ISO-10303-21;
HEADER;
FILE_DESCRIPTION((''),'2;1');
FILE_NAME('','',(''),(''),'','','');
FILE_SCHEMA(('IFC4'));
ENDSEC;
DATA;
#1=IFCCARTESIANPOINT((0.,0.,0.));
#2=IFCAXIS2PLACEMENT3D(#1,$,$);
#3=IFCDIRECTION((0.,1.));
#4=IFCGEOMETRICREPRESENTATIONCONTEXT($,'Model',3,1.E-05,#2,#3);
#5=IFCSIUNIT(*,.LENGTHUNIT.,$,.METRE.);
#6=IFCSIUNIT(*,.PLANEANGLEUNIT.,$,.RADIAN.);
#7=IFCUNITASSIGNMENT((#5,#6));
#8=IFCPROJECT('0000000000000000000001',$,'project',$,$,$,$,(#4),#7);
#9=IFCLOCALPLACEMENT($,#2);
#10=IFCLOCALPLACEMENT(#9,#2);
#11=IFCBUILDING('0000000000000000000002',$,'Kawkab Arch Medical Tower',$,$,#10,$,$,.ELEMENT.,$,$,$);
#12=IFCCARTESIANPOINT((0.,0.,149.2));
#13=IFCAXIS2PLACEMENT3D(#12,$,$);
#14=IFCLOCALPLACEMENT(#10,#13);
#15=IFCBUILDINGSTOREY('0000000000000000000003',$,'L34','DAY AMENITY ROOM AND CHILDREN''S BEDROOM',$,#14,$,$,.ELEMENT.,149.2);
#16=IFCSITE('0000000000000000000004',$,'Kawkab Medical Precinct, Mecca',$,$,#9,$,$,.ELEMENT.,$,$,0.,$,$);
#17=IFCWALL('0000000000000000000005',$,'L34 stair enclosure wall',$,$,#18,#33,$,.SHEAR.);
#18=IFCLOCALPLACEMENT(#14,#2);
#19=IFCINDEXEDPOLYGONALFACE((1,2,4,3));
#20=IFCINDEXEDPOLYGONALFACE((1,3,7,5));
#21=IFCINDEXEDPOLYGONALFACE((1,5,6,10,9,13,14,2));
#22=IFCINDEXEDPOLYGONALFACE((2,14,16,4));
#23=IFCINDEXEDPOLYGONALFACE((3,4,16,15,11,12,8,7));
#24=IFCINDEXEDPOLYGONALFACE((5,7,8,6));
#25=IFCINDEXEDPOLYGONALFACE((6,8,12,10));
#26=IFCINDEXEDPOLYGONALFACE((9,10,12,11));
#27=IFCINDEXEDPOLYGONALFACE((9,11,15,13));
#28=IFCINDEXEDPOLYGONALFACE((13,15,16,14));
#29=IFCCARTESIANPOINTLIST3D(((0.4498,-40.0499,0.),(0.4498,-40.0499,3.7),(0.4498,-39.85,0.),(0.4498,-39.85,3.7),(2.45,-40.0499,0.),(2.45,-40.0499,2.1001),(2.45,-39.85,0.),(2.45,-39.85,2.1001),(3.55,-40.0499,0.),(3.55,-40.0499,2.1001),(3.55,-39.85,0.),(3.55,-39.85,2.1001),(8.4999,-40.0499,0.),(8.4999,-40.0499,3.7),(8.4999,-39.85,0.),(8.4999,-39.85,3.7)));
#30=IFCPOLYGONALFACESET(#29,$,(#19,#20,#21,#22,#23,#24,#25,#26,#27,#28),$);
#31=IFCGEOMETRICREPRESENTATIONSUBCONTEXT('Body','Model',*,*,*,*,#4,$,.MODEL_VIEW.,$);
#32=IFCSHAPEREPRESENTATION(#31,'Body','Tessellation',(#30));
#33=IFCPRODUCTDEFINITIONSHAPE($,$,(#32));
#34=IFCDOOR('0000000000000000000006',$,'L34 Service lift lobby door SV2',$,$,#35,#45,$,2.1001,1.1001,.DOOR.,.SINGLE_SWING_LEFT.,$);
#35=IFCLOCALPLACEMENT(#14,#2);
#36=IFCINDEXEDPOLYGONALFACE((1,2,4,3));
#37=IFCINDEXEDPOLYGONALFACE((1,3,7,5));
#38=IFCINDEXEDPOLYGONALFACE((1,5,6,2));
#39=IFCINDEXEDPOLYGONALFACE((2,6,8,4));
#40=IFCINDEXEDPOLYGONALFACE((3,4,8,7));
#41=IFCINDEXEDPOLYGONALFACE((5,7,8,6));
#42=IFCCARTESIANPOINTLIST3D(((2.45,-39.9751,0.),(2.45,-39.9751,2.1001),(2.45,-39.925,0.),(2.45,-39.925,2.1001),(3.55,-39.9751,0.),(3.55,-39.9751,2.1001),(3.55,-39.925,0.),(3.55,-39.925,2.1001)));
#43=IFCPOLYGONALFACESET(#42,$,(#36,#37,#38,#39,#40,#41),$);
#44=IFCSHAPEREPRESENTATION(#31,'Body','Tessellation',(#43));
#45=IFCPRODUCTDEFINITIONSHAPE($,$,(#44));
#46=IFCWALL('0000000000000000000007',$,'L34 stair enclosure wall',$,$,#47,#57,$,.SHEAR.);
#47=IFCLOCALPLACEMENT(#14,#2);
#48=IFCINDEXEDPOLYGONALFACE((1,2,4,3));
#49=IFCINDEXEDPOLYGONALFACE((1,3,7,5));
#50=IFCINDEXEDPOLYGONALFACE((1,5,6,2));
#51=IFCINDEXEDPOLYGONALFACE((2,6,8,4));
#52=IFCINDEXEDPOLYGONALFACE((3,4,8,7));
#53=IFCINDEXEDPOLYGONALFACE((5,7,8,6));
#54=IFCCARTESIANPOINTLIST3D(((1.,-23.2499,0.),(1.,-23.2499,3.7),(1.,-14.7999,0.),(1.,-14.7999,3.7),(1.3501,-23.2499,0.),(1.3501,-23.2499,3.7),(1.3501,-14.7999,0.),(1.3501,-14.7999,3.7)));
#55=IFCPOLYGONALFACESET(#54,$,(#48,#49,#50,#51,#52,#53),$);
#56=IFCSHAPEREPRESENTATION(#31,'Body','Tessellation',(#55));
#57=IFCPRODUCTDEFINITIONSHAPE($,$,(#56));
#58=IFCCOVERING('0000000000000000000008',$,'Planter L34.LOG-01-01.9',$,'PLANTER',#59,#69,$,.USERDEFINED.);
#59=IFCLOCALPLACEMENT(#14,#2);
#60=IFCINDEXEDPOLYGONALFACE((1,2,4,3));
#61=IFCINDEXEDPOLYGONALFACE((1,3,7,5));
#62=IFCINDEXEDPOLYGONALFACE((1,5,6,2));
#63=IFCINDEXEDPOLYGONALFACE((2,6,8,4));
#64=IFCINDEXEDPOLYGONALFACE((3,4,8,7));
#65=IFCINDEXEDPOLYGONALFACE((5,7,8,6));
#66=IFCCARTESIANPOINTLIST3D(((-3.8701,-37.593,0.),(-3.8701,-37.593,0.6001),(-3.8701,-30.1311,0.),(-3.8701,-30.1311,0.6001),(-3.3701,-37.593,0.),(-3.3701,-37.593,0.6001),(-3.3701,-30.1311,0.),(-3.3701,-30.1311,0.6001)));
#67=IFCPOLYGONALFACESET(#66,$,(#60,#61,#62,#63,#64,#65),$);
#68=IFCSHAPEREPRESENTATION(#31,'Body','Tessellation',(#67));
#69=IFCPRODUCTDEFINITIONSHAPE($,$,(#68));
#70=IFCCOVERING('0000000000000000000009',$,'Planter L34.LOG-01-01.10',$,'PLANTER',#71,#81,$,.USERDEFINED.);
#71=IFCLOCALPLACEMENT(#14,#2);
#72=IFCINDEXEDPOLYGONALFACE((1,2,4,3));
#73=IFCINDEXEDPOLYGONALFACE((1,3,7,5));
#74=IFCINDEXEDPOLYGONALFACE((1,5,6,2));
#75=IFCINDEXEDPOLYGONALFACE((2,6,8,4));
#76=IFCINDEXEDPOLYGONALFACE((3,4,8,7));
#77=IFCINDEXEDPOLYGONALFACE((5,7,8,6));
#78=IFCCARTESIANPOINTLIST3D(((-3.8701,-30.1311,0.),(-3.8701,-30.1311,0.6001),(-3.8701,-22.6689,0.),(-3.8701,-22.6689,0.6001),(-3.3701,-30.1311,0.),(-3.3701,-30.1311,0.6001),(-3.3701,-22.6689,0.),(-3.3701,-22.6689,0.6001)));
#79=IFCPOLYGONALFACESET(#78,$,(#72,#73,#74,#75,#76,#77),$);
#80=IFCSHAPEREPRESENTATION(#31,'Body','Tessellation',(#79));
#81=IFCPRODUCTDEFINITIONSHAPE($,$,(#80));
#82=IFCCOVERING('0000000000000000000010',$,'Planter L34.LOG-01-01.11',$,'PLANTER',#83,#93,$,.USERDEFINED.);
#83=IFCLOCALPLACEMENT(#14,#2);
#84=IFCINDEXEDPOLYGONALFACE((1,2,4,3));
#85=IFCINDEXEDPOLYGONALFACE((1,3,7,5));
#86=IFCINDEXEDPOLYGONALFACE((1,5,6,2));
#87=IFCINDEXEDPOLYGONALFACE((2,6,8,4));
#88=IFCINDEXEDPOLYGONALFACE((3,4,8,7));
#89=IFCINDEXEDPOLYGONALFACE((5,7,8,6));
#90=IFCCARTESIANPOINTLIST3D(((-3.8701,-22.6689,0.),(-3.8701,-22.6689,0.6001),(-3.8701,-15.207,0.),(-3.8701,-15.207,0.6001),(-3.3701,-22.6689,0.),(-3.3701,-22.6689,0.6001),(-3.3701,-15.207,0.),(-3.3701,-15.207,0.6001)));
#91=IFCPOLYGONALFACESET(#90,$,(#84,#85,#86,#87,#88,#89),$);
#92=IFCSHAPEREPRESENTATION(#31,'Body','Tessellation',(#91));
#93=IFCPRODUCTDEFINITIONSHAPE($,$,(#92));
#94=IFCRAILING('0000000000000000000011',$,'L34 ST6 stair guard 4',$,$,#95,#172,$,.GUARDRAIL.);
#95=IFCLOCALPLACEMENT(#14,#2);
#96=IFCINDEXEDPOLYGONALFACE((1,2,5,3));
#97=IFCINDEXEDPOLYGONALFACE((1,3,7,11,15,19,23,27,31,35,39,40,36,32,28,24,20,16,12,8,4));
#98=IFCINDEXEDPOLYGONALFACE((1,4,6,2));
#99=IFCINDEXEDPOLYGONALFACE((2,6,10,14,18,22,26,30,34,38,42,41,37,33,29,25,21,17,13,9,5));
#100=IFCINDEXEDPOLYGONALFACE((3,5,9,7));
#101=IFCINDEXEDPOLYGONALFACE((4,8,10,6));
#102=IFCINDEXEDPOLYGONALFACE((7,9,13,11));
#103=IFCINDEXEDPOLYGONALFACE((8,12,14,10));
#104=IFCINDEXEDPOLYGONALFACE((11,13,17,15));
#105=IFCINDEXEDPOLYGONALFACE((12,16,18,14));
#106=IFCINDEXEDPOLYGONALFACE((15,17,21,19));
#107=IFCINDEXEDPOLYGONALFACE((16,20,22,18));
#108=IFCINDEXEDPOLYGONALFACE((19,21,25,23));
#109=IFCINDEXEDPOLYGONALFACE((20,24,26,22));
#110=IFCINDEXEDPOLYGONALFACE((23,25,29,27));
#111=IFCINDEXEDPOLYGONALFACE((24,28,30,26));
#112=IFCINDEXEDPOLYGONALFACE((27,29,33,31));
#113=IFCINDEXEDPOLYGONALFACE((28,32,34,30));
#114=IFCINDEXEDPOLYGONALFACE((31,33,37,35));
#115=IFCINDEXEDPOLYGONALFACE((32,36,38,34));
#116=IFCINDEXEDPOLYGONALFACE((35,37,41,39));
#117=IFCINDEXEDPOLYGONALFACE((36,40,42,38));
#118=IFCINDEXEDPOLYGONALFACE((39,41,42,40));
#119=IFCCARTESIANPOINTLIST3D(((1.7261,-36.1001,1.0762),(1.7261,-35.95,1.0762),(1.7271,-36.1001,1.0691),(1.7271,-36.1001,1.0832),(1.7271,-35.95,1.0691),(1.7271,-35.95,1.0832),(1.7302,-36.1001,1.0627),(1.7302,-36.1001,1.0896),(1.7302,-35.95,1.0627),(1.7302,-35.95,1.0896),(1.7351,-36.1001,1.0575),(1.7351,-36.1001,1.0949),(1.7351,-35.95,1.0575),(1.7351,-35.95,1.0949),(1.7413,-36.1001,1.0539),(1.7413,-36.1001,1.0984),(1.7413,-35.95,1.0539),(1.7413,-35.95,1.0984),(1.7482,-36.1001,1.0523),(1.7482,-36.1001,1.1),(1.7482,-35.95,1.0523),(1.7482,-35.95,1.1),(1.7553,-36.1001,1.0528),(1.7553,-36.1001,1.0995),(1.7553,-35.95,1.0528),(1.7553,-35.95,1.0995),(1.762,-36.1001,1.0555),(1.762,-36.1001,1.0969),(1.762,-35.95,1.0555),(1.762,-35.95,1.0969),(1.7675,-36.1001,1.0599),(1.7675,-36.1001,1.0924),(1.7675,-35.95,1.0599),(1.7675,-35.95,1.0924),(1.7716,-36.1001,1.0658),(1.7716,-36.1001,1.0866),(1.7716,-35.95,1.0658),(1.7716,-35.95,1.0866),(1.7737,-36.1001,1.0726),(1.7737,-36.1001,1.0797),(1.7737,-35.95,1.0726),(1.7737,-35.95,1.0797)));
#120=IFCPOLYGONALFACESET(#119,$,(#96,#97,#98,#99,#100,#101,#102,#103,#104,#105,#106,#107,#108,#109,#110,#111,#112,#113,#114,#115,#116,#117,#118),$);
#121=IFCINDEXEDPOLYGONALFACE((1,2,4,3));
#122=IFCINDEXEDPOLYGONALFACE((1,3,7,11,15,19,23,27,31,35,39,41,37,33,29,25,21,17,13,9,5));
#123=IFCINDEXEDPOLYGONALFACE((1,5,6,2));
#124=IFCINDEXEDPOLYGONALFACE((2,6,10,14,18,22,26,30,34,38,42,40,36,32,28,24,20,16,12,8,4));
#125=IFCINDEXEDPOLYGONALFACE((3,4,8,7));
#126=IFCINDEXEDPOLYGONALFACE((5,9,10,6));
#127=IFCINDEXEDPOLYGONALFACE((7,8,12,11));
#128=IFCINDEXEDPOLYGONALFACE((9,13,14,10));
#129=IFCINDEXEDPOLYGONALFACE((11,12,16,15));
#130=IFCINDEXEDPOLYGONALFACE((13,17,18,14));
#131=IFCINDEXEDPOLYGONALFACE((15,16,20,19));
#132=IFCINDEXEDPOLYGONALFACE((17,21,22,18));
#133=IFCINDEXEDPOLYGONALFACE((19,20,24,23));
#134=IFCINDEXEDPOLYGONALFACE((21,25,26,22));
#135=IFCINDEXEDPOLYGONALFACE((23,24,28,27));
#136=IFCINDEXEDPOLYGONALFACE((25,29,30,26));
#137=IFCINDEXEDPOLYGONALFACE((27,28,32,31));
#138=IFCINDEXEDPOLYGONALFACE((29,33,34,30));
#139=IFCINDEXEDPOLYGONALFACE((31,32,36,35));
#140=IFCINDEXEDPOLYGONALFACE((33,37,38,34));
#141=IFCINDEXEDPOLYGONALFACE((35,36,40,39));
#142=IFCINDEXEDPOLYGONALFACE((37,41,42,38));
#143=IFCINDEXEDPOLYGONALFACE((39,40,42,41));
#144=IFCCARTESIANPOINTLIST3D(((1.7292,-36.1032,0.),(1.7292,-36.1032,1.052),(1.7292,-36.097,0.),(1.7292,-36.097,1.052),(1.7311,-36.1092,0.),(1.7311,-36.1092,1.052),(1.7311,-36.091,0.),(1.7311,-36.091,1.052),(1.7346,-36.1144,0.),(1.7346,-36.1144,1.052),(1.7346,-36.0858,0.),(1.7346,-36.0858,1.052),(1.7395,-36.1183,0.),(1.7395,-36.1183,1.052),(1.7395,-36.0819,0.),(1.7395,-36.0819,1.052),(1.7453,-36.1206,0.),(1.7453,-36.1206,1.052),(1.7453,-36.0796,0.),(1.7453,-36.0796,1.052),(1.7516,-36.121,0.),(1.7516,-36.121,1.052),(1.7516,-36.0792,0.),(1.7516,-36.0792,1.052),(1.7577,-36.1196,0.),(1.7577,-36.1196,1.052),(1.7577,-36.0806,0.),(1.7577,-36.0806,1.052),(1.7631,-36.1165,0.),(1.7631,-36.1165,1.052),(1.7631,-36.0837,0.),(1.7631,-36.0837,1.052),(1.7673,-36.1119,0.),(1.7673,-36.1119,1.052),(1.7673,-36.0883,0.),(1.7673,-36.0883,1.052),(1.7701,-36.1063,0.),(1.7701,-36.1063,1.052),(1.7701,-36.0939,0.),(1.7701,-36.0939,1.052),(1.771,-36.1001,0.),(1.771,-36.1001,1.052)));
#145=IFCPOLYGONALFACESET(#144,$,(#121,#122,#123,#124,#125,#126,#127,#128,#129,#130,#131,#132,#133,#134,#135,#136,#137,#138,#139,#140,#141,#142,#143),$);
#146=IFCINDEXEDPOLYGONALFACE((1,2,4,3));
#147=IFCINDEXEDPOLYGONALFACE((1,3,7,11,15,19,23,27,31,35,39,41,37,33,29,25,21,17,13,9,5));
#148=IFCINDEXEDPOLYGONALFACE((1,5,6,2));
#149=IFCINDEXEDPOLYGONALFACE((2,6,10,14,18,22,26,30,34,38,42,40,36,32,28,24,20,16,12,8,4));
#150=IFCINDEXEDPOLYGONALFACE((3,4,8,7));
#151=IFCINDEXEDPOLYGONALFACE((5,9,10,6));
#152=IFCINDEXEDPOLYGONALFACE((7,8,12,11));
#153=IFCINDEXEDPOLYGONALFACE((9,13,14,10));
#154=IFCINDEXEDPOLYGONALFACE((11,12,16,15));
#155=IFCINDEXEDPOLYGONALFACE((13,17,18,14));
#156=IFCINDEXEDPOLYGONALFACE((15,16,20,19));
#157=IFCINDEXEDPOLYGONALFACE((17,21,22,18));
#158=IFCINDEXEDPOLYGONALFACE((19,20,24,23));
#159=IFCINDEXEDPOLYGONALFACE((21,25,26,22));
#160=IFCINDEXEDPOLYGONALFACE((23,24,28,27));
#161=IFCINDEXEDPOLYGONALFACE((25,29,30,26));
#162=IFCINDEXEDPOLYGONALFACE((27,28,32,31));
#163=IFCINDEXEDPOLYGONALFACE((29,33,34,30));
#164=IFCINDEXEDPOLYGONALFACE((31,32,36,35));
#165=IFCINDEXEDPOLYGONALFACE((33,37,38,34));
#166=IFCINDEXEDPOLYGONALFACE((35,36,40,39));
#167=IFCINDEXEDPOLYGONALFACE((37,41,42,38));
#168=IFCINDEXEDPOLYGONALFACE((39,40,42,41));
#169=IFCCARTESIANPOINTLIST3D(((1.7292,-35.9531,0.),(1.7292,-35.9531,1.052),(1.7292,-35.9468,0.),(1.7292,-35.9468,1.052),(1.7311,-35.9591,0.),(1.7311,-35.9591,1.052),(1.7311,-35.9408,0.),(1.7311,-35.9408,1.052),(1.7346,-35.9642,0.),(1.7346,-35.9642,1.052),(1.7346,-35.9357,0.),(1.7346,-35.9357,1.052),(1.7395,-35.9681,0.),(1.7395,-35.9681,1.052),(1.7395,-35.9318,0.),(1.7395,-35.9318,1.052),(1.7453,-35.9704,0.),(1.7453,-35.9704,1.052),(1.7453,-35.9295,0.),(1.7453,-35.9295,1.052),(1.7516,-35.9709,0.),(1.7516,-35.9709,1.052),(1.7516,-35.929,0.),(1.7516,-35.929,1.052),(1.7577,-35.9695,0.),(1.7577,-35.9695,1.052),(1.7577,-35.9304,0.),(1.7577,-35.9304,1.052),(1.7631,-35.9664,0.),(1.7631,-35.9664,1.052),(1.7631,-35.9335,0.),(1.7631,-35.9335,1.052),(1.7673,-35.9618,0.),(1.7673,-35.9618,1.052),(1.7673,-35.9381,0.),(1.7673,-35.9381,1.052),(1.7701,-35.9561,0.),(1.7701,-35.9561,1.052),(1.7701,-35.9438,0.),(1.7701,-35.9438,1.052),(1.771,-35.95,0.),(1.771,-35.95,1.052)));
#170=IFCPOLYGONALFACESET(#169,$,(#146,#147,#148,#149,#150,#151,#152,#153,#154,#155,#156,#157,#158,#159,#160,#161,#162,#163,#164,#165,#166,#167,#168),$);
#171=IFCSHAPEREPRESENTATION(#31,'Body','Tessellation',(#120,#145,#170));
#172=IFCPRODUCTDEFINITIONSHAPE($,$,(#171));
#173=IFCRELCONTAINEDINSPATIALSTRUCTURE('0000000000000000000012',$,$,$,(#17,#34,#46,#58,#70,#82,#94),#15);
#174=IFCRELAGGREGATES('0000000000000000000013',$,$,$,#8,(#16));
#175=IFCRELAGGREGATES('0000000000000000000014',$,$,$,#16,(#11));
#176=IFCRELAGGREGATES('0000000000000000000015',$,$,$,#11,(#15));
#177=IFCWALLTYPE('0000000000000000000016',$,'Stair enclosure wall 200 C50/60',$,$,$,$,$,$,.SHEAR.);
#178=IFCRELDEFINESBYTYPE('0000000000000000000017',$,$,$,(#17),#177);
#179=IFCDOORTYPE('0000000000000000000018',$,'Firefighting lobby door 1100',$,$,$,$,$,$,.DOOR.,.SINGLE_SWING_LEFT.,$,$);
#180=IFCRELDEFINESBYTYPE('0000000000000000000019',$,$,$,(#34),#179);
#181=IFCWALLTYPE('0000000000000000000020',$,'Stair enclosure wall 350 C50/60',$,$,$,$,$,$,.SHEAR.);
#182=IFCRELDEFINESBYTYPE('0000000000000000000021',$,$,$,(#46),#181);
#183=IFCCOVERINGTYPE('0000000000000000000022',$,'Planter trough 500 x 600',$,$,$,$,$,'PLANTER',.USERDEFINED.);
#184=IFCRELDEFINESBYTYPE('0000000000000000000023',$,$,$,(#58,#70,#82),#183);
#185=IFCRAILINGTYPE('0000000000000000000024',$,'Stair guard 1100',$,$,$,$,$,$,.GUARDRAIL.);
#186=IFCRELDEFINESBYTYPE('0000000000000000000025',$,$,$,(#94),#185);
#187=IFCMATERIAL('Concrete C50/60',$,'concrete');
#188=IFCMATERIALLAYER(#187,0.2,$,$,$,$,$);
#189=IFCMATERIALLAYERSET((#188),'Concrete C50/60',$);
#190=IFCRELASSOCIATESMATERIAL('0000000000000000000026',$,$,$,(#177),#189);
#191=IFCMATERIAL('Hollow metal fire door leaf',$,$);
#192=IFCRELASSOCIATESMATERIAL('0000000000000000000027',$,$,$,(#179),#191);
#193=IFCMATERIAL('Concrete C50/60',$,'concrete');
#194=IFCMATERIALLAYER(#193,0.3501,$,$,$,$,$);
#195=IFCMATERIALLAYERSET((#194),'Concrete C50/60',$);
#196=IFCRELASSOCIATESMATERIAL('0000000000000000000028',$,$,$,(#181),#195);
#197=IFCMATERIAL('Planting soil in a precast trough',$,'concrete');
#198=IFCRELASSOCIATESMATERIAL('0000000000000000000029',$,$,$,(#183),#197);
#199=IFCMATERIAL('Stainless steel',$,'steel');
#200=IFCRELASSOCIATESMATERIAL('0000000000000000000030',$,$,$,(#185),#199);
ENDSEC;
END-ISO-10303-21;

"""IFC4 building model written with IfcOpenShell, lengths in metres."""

from ifc_helpers import new_model, si_unit, direction, frame, frame_2d, origin, origin_2d, place, context, subcontext, project, spatial, rectangle, circle, extrude, material, layer, layer_set, material_profile, profile_set, type_object, element, fill, save


model = new_model("IFC4")

# Units and contexts
model_context = context("Model", 3, precision=1e-05, world=origin(), true_north=direction((0.0, 1.0)))
body_context = subcontext(model_context, "Body", "Model", "MODEL_VIEW")
ifc_project = project(units=[si_unit("LENGTHUNIT", "METRE"), si_unit("PLANEANGLEUNIT", "RADIAN")], contexts=[model_context])

# Site, building, storey
site_placement = place(None, origin())
site = spatial("IfcSite", under=ifc_project, at=site_placement, Name="Kawkab Medical Precinct, Mecca", CompositionType="ELEMENT", RefElevation=0.0)
building_placement = place(site_placement, origin())
building = spatial("IfcBuilding", under=site, at=building_placement, Name="Kawkab Arch Medical Tower", CompositionType="ELEMENT")
storey_placement = place(building_placement, frame((0.0, 0.0, 149.2)))
storey = spatial("IfcBuildingStorey", under=building, at=storey_placement, Name="L34", Description="DAY AMENITY ROOM AND CHILDREN'S BEDROOM", CompositionType="ELEMENT", Elevation=149.2)

# Shared definitions
ifc_material_1 = material(Name="Concrete C50/60", Category="concrete")
ifc_layer_1 = layer(ifc_material_1, 0.2)
ifc_layer_set_1 = layer_set([ifc_layer_1], Name="Concrete C50/60")
wall_type_1 = type_object("IfcWallType", Name="Stair enclosure wall 200 C50/60", PredefinedType="SHEAR", material=ifc_layer_set_1)

# Wall, opening, door
wall_1_placement = place(storey_placement, frame((0.45, -39.95, 0.0), z_axis=(0.0, 0.0, 1.0), x_axis=(1.0, 0.0, 0.0)))
wall_1 = element("IfcWall", 1, at=wall_1_placement, inside=storey, type_object=wall_type_1, Name="L34 stair enclosure wall", PredefinedType="SHEAR", context=body_context, shape_type="SweptSolid", body=[
    extrude(rectangle(XDim=8.05, YDim=0.2, at=frame_2d((4.0249, 0.0))), origin(), (0.0, 0.0, 1.0), 3.7),
])
opening_1_placement = place(wall_1_placement, frame((2.0, 0.0, 0.0)))
opening_1 = element("IfcOpeningElement", 2, at=opening_1_placement, cuts=wall_1, PredefinedType="OPENING", context=body_context, shape_type="SweptSolid", body=[
    extrude(rectangle(XDim=1.1001, YDim=2.1001, at=frame_2d((0.55, 1.05))), frame((0.0, 0.1099, 0.0), z_axis=(0.0, -1.0, 0.0), x_axis=(1.0, 0.0, 0.0)), (0.0, 0.0, 1.0), 0.22),
])
ifc_material_2 = material(Name="Hollow metal fire door leaf")
door_type_1 = type_object("IfcDoorType", Name="Firefighting lobby door 1100", OperationType="SINGLE_SWING_LEFT", PredefinedType="DOOR", material=ifc_material_2)
door_1_placement = place(opening_1_placement, origin())
door_1 = element("IfcDoor", 3, at=door_1_placement, inside=storey, type_object=door_type_1, Name="L34 Service lift lobby door SV2", OperationType="SINGLE_SWING_LEFT", OverallHeight=2.1001, OverallWidth=1.1001, PredefinedType="DOOR", context=body_context, shape_type="SweptSolid", body=[
    extrude(rectangle(XDim=1.1001, YDim=2.1001, at=frame_2d((0.55, 1.05))), frame((0.0, 0.0249, 0.0), z_axis=(0.0, -1.0, 0.0), x_axis=(1.0, 0.0, 0.0)), (0.0, 0.0, 1.0), 0.05),
])
fill(opening_1, door_1)

# Wall
ifc_material_3 = material(Name="Concrete C50/60", Category="concrete")
ifc_layer_2 = layer(ifc_material_3, 0.3501)
ifc_layer_set_2 = layer_set([ifc_layer_2], Name="Concrete C50/60")
wall_type_2 = type_object("IfcWallType", Name="Stair enclosure wall 350 C50/60", PredefinedType="SHEAR", material=ifc_layer_set_2)
wall_2_placement = place(storey_placement, frame((1.175, -23.25, 0.0), z_axis=(0.0, 0.0, 1.0), x_axis=(0.0, 1.0, 0.0)))
element("IfcWall", 4, at=wall_2_placement, inside=storey, type_object=wall_type_2, Name="L34 stair enclosure wall", PredefinedType="SHEAR", context=body_context, shape_type="SweptSolid", body=[
    extrude(rectangle(XDim=8.45, YDim=0.3501, at=frame_2d((4.2251, 0.0))), origin(), (0.0, 0.0, 1.0), 3.7),
])

# Coverings
ifc_material_4 = material(Name="Planting soil in a precast trough", Category="concrete")
ifc_material_profile_1 = material_profile(ifc_material_4, rectangle(XDim=0.5, YDim=0.6001, at=origin_2d()), Name="Trough 500x600")
ifc_profile_set_1 = profile_set([ifc_material_profile_1], Name="Planting soil in a precast trough")
covering_type = type_object("IfcCoveringType", Name="Planter trough 500 x 600", ElementType="PLANTER", PredefinedType="USERDEFINED", material=ifc_profile_set_1)
covering_1_placement = place(storey_placement, frame((-3.6201, -37.593, 0.3), z_axis=(0.0, 1.0, 0.0), x_axis=(-1.0, 0.0, 0.0)))
element("IfcCovering", 5, at=covering_1_placement, inside=storey, type_object=covering_type, Name="Planter L34.LOG-01-01.9", ObjectType="PLANTER", PredefinedType="USERDEFINED", context=body_context, shape_type="SweptSolid", body=[
    extrude(rectangle(XDim=0.5, YDim=0.6001, at=origin_2d()), origin(), (0.0, 0.0, 1.0), 7.4619),
])
covering_2_placement = place(storey_placement, frame((-3.6201, -30.1311, 0.3), z_axis=(0.0, 1.0, 0.0), x_axis=(-1.0, 0.0, 0.0)))
element("IfcCovering", 6, at=covering_2_placement, inside=storey, type_object=covering_type, Name="Planter L34.LOG-01-01.10", ObjectType="PLANTER", PredefinedType="USERDEFINED", context=body_context, shape_type="SweptSolid", body=[
    extrude(rectangle(XDim=0.5, YDim=0.6001, at=origin_2d()), origin(), (0.0, 0.0, 1.0), 7.4622),
])
covering_3_placement = place(storey_placement, frame((-3.6201, -22.6689, 0.3), z_axis=(0.0, 1.0, 0.0), x_axis=(-1.0, 0.0, 0.0)))
element("IfcCovering", 7, at=covering_3_placement, inside=storey, type_object=covering_type, Name="Planter L34.LOG-01-01.11", ObjectType="PLANTER", PredefinedType="USERDEFINED", context=body_context, shape_type="SweptSolid", body=[
    extrude(rectangle(XDim=0.5, YDim=0.6001, at=origin_2d()), origin(), (0.0, 0.0, 1.0), 7.4619),
])

# Railing
ifc_material_5 = material(Name="Stainless steel", Category="steel")
railing_type_1 = type_object("IfcRailingType", Name="Stair guard 1100", PredefinedType="GUARDRAIL", material=ifc_material_5)
railing_1_placement = place(storey_placement, frame((1.75, -36.1001, 0.0)))
element("IfcRailing", 8, at=railing_1_placement, inside=storey, type_object=railing_type_1, Name="L34 ST6 stair guard 4", PredefinedType="GUARDRAIL", context=body_context, shape_type="SweptSolid", body=[
    extrude(circle(Radius=0.0239, at=origin_2d()), frame((0.0, 0.0, 1.0762), z_axis=(0.0, 1.0, 0.0), x_axis=(-1.0, 0.0, 0.0)), (0.0, 0.0, 1.0), 0.1501),
    extrude(circle(Radius=0.021, at=origin_2d()), origin(), (0.0, 0.0, 1.0), 1.052),
    extrude(circle(Radius=0.021, at=origin_2d()), frame((0.0, 0.1501, 0.0)), (0.0, 0.0, 1.0), 1.052),
])

save(model, "model.ifc")
